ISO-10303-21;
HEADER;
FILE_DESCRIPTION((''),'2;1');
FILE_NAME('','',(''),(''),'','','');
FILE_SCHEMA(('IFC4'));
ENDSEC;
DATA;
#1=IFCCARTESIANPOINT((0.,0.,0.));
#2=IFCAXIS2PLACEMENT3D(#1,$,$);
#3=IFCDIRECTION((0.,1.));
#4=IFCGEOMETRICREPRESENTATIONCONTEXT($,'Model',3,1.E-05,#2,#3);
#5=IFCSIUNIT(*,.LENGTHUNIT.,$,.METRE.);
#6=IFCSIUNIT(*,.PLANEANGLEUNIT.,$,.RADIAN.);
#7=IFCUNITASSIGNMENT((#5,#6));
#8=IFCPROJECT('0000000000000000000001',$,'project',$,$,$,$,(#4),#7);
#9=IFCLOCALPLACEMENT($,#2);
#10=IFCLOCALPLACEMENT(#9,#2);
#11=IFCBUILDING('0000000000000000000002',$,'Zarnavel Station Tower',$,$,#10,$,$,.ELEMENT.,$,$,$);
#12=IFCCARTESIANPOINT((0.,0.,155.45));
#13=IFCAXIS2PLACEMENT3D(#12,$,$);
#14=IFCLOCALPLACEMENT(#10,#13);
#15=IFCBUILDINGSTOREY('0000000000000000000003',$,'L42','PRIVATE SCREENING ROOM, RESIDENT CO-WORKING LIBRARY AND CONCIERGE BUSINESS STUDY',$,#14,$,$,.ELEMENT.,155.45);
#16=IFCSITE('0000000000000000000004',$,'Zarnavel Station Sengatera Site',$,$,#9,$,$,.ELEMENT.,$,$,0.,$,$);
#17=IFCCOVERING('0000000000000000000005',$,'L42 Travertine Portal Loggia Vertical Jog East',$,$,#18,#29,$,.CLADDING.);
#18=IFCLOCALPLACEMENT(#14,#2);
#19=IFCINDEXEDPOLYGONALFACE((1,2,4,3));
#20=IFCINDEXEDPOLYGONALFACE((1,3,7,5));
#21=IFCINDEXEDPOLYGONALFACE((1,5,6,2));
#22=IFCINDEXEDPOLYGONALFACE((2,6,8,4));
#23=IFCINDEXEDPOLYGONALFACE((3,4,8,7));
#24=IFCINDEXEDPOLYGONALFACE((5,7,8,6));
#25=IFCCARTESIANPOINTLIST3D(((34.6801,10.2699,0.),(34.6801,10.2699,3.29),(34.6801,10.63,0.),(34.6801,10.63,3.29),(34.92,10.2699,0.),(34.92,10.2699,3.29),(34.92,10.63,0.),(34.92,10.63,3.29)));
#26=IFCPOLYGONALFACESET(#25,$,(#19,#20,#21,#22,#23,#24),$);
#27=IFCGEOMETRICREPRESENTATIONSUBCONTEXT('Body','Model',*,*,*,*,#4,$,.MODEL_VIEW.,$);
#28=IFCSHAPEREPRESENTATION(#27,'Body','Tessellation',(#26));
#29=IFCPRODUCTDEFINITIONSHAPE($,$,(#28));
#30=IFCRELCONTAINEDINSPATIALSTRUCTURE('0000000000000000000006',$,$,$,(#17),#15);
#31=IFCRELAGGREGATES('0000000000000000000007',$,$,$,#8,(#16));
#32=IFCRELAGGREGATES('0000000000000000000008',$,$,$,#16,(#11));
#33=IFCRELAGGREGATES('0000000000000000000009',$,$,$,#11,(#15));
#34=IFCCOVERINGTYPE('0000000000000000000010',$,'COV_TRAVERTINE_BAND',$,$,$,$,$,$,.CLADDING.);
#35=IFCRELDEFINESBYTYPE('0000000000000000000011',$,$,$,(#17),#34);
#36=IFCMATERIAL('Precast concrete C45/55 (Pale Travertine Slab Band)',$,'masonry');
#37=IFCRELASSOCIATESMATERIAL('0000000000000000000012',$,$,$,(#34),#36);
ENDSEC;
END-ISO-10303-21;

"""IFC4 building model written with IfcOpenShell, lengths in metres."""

from ifc_helpers import new_model, si_unit, direction, frame, origin, origin_2d, place, context, subcontext, project, spatial, rectangle, extrude, material, type_object, element, save


model = new_model("IFC4")

# Units and contexts
model_context = context("Model", 3, precision=1e-05, world=origin(), true_north=direction((0.0, 1.0)))
body_context = subcontext(model_context, "Body", "Model", "MODEL_VIEW")
ifc_project = project(units=[si_unit("LENGTHUNIT", "METRE"), si_unit("PLANEANGLEUNIT", "RADIAN")], contexts=[model_context])

# Site, building, storey
site_placement = place(None, origin())
site = spatial("IfcSite", under=ifc_project, at=site_placement, Name="Zarnavel Station Sengatera Site", CompositionType="ELEMENT", RefElevation=0.0)
building_placement = place(site_placement, origin())
building = spatial("IfcBuilding", under=site, at=building_placement, Name="Zarnavel Station Tower", CompositionType="ELEMENT")
storey_placement = place(building_placement, frame((0.0, 0.0, 155.45)))
storey = spatial("IfcBuildingStorey", under=building, at=storey_placement, Name="L42", Description="PRIVATE SCREENING ROOM, RESIDENT CO-WORKING LIBRARY AND CONCIERGE BUSINESS STUDY", CompositionType="ELEMENT", Elevation=155.45)

# Covering
ifc_material_1 = material(Name="Precast concrete C45/55 (Pale Travertine Slab Band)", Category="masonry")
covering_type = type_object("IfcCoveringType", Name="COV_TRAVERTINE_BAND", PredefinedType="CLADDING", material=ifc_material_1)
covering_placement = place(storey_placement, frame((34.8, 10.45, 0.0), z_axis=(0.0, 0.0, 1.0), x_axis=(1.0, 0.0, 0.0)))
element("IfcCovering", 1, at=covering_placement, inside=storey, type_object=covering_type, Name="L42 Travertine Portal Loggia Vertical Jog East", PredefinedType="CLADDING", context=body_context, shape_type="SweptSolid", body=[
    extrude(rectangle(XDim=0.24, YDim=0.3601, at=origin_2d()), origin(), (0.0, 0.0, 1.0), 3.29),
])

save(model, "model.ifc")
